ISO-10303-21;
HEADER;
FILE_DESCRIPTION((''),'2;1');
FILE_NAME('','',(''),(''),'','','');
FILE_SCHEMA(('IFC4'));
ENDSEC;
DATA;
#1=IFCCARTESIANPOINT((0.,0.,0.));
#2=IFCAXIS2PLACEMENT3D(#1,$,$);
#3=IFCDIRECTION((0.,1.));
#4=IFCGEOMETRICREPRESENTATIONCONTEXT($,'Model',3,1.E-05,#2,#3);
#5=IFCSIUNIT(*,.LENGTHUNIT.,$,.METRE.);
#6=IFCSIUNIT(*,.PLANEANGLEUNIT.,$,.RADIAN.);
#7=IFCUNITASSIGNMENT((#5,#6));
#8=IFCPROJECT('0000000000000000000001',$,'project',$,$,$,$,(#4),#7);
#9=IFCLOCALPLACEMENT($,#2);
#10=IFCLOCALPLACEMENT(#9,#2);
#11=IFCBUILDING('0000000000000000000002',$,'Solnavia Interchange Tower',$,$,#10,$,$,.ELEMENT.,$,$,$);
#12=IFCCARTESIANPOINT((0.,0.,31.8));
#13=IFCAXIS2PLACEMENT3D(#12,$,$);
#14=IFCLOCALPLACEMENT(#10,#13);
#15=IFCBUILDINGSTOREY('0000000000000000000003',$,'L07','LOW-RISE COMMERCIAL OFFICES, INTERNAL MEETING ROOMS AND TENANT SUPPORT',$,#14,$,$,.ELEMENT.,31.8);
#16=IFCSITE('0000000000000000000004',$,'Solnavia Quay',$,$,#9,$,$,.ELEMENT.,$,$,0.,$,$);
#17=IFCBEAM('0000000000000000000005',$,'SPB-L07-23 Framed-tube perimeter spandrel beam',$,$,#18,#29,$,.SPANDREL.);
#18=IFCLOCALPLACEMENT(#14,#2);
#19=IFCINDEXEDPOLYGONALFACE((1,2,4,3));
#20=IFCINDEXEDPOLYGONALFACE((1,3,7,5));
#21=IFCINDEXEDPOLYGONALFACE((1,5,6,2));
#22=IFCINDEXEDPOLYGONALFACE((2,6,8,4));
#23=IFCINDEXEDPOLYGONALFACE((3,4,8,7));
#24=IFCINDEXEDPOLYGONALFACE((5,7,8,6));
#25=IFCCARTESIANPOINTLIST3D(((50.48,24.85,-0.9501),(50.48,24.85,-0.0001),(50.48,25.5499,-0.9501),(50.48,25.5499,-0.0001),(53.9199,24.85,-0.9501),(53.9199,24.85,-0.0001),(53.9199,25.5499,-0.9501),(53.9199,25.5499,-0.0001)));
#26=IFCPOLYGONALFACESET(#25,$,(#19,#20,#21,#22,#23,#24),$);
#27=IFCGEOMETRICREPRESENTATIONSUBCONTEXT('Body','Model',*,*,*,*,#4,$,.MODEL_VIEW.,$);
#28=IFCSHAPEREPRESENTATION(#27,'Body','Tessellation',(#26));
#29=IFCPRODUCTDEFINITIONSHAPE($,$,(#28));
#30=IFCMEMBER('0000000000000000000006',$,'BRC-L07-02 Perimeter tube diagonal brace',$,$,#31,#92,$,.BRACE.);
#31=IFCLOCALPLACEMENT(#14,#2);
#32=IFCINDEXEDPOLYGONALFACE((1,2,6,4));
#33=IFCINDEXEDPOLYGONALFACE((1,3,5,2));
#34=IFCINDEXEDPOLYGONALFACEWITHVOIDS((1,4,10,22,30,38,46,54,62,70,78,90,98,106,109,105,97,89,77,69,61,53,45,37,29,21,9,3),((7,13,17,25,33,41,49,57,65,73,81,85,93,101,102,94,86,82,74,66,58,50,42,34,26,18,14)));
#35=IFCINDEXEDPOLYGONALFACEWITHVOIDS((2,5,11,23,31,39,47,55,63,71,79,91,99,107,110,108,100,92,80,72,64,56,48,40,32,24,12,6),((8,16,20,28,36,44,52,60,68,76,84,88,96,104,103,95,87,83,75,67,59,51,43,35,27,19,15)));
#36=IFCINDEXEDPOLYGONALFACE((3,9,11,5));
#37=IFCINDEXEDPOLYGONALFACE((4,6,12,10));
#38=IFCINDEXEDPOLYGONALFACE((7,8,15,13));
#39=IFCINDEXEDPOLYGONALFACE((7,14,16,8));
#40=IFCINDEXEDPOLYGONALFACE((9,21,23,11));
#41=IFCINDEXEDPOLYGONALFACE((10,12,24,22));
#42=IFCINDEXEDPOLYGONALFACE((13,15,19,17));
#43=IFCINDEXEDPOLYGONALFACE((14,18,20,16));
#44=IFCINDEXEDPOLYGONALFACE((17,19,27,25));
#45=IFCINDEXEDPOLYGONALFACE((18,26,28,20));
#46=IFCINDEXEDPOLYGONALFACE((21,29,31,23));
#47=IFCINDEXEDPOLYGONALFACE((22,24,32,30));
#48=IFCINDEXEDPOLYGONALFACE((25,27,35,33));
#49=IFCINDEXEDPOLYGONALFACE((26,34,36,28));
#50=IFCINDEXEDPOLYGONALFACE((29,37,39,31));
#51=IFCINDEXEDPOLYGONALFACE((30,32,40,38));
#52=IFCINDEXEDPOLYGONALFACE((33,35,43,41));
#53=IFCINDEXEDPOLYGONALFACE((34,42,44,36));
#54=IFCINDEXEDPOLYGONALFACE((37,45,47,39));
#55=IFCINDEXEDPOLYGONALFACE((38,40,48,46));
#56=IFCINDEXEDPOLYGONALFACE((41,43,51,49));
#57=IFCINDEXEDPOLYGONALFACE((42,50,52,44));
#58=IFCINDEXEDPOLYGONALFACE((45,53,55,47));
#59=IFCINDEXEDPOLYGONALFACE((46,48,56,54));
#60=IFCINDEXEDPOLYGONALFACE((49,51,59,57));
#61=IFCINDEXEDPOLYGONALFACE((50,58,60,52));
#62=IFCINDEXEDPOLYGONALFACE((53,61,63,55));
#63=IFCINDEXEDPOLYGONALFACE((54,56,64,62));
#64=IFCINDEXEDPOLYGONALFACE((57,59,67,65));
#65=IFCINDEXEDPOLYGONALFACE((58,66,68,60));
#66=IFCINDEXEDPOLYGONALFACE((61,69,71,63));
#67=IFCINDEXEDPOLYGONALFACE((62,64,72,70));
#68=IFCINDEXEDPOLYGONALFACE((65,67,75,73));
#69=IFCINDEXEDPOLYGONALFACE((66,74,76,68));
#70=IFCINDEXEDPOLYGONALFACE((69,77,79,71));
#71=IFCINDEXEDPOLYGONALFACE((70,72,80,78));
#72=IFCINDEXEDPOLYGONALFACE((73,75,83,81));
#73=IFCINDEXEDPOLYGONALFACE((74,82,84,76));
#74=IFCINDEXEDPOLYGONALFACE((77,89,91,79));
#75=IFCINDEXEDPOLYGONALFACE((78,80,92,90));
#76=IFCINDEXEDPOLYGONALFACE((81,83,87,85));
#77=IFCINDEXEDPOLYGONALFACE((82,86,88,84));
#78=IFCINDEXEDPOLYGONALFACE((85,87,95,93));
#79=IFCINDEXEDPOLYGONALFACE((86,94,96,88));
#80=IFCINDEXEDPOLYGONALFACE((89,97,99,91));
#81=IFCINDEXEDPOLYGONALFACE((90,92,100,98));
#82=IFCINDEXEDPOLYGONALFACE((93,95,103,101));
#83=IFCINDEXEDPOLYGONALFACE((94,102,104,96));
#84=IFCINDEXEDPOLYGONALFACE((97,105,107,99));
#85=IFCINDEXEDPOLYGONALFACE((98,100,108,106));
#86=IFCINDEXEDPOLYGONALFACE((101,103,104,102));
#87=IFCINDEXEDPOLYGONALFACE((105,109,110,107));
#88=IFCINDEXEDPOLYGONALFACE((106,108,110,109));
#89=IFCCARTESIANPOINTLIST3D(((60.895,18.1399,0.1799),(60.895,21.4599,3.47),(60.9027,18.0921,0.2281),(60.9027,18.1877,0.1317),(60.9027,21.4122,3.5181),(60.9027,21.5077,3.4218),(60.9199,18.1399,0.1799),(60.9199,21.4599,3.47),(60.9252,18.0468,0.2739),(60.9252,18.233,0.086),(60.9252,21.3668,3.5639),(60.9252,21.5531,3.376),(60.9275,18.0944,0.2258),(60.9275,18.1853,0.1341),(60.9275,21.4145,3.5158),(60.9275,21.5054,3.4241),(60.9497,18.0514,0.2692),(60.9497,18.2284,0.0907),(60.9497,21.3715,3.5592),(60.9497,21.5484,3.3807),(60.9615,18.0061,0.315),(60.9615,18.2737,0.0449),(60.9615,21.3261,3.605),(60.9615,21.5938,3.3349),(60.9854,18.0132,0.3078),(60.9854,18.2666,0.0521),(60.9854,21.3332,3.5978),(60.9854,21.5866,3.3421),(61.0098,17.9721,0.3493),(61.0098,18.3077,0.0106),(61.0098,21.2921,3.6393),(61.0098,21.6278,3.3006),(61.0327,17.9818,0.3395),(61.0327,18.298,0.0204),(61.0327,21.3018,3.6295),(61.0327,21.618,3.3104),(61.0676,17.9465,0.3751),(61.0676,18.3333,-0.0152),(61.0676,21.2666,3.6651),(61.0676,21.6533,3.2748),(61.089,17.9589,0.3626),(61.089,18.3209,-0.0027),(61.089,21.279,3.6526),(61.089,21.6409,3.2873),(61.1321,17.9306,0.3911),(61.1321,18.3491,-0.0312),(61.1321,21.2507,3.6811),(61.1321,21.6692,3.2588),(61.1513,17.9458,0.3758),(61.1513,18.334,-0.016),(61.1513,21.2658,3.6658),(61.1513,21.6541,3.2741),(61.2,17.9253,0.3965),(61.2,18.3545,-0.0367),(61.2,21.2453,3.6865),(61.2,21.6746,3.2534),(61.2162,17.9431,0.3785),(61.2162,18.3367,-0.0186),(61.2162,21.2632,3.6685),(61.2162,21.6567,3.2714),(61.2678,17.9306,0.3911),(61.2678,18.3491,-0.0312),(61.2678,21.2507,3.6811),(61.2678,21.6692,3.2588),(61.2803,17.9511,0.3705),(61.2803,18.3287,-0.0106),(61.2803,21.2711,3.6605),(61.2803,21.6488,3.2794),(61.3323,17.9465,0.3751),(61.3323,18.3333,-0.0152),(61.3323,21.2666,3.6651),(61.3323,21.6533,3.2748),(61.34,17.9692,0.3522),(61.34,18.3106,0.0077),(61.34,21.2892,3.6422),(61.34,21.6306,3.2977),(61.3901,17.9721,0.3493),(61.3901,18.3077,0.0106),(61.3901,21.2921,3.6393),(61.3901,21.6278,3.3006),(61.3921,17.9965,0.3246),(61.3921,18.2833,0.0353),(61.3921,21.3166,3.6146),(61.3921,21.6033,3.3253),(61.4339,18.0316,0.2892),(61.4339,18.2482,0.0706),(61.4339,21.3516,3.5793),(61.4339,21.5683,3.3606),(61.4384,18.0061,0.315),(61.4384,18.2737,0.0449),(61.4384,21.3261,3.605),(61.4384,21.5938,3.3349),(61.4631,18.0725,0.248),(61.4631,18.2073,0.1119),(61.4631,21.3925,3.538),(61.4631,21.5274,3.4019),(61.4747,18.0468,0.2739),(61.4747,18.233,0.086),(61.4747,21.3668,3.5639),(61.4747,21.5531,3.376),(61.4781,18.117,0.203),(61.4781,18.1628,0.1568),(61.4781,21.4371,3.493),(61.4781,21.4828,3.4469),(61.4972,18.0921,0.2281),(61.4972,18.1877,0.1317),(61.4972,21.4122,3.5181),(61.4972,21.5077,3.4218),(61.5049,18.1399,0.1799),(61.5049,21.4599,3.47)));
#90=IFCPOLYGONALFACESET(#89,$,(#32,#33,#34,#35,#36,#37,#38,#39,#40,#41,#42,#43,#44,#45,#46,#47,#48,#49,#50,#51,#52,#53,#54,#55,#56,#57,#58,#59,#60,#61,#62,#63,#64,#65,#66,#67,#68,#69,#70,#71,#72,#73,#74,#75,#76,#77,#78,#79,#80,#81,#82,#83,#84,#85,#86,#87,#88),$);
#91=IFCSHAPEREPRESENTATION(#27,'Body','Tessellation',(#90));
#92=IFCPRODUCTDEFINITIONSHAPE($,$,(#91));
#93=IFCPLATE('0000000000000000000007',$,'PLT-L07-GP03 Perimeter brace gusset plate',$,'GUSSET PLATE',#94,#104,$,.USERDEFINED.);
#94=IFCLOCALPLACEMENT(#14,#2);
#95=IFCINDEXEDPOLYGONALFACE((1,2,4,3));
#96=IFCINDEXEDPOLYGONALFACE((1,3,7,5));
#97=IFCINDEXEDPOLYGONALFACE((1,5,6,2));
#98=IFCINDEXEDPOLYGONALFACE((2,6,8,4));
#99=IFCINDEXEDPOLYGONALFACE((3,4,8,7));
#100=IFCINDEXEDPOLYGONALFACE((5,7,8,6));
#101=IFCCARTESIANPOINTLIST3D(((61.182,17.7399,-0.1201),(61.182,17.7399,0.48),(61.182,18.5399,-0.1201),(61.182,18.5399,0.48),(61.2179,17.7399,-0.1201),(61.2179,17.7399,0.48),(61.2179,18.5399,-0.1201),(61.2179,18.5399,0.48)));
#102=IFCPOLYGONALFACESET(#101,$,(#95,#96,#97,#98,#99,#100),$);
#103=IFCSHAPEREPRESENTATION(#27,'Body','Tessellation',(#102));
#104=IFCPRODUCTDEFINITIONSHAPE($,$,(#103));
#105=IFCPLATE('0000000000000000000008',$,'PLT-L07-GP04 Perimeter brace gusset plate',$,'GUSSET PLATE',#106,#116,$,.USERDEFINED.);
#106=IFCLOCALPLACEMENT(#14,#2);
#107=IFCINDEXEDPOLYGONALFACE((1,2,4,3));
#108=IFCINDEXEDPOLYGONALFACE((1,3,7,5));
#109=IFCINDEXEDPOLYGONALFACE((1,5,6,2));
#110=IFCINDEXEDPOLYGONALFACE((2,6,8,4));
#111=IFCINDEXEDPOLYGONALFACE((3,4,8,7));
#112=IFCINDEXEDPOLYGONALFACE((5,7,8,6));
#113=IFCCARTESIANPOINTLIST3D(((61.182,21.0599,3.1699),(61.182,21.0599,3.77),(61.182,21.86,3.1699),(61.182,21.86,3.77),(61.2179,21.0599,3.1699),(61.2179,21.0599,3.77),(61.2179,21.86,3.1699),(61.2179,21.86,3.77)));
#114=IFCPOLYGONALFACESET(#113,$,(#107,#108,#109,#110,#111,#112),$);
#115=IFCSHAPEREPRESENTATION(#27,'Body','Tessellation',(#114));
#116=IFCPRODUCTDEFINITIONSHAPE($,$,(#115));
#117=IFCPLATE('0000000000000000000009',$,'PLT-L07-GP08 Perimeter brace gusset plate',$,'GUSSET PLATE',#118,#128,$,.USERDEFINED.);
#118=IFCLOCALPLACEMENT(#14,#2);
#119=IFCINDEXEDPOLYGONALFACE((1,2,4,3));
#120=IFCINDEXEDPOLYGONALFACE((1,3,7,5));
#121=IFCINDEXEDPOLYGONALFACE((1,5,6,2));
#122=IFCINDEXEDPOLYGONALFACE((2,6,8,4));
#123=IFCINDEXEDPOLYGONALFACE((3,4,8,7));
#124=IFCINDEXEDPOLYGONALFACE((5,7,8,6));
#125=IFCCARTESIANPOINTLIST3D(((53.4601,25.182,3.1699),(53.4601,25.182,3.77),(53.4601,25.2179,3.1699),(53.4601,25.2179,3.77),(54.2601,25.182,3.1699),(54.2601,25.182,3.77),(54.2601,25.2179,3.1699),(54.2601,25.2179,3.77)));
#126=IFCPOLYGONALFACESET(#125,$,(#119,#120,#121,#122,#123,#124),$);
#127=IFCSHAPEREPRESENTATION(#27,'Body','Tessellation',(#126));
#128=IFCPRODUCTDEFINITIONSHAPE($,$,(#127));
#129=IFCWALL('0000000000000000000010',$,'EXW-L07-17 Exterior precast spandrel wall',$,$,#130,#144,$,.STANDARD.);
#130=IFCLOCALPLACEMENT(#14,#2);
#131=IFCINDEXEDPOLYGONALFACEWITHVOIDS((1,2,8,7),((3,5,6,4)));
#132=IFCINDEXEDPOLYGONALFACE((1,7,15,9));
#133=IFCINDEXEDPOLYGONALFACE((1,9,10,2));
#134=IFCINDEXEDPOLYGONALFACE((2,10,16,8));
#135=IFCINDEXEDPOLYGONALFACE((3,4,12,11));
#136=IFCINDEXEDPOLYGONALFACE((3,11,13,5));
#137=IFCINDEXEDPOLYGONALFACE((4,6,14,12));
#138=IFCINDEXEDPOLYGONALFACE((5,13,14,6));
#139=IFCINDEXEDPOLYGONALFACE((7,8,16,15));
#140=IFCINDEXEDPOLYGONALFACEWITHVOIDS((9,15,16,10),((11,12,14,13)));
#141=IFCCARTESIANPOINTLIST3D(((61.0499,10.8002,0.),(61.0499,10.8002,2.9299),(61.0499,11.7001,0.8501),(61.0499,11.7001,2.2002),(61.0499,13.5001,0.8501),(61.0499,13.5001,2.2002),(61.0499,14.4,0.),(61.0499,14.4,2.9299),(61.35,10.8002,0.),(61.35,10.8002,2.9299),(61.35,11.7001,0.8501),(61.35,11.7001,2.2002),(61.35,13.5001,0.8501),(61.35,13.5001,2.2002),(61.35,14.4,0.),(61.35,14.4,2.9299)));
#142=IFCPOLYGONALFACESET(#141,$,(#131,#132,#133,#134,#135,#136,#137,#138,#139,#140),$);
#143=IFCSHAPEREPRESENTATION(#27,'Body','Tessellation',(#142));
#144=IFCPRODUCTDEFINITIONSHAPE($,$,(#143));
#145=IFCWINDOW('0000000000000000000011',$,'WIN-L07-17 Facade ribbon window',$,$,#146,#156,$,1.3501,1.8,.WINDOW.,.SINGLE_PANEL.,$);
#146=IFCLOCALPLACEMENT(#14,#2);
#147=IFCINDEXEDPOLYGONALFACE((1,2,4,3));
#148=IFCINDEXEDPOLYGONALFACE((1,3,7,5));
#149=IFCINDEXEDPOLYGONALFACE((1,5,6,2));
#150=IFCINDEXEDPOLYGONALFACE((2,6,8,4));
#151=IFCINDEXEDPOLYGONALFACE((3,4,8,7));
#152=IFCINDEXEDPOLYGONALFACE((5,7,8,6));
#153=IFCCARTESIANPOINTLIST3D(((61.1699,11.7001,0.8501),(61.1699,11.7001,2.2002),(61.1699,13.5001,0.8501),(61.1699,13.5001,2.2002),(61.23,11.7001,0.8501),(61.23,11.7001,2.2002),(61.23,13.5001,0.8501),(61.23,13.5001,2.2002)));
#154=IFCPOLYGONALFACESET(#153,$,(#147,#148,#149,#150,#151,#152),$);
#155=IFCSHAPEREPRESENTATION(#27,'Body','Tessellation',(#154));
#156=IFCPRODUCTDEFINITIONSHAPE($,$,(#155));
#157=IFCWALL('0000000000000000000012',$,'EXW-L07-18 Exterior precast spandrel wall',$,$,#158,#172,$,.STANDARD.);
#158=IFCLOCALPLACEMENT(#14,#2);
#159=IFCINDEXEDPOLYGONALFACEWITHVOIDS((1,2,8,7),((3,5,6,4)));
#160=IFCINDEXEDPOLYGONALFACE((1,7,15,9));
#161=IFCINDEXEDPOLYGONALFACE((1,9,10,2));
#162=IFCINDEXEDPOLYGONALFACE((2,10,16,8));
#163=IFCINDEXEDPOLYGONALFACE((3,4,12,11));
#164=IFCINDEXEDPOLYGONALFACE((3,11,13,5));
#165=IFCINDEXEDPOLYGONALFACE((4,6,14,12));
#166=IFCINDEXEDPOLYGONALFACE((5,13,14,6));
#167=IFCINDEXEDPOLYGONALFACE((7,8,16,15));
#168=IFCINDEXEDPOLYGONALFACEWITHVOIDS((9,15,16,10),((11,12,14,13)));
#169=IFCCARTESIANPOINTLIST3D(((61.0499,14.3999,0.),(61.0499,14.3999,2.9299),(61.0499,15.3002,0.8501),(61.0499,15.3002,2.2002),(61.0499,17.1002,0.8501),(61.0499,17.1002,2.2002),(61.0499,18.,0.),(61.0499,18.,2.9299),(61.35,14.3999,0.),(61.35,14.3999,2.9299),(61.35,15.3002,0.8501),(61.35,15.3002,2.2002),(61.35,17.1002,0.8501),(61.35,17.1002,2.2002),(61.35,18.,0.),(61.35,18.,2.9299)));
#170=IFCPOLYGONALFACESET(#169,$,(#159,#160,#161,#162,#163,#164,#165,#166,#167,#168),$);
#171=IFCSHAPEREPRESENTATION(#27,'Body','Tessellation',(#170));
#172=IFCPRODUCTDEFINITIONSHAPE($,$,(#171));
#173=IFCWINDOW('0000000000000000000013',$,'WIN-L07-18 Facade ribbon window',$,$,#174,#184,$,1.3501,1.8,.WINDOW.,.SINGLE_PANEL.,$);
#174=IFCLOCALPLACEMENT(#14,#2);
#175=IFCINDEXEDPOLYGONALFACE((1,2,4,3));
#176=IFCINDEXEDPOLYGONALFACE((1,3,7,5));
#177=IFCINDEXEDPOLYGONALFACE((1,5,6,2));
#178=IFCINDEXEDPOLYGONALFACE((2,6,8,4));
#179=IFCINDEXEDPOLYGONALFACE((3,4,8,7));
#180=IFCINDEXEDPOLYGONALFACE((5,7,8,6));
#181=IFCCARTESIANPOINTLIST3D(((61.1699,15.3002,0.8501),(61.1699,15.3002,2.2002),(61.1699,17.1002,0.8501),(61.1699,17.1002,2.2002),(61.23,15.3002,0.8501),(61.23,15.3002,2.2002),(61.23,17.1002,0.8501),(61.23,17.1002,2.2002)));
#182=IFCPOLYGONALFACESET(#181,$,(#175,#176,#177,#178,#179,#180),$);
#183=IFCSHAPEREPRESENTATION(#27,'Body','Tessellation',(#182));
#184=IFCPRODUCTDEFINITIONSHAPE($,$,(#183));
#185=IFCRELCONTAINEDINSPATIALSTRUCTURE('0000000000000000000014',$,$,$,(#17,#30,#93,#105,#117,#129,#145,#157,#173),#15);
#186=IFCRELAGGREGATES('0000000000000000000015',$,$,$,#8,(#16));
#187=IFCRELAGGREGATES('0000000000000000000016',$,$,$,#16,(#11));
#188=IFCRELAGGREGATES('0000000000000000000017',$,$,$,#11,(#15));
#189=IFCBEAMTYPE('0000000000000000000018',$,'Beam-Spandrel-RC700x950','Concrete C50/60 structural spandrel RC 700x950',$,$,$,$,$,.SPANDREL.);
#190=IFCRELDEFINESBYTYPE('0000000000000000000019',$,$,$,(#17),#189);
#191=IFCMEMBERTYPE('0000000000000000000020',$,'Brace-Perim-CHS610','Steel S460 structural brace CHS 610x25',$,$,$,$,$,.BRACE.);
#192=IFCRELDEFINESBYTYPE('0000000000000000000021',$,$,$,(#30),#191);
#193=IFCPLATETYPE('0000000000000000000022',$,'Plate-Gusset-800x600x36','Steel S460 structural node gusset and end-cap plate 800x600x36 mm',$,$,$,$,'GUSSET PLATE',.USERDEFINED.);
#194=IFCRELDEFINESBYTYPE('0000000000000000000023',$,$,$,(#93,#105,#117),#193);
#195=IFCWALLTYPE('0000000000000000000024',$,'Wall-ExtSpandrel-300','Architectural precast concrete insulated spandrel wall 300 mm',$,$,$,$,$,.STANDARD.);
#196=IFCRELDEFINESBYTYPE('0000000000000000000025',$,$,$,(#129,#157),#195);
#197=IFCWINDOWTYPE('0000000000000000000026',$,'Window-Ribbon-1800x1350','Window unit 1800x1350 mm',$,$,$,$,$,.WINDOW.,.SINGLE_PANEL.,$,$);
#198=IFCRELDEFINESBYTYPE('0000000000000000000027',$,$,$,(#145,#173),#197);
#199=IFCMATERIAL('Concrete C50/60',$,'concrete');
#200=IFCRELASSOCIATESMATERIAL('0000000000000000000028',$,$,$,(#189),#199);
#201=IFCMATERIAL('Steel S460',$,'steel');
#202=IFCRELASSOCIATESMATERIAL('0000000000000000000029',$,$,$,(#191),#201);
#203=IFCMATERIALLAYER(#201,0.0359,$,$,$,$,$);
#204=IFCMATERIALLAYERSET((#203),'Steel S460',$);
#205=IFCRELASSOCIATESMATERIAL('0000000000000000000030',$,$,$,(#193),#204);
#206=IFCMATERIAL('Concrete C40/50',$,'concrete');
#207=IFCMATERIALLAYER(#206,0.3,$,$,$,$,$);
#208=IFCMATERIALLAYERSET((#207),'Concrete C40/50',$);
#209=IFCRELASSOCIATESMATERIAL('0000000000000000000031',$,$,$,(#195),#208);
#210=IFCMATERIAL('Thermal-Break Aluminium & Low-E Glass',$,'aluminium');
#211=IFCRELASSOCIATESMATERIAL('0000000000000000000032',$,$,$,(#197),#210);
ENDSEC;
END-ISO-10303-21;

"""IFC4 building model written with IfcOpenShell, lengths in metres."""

from ifc_helpers import new_model, si_unit, direction, frame, frame_2d, origin, origin_2d, place, context, subcontext, project, spatial, rectangle, hollow_circle, extrude, material, layer, layer_set, material_profile, profile_set, type_object, element, fill, save


model = new_model("IFC4")

# Units and contexts
model_context = context("Model", 3, precision=1e-05, world=origin(), true_north=direction((0.0, 1.0)))
body_context = subcontext(model_context, "Body", "Model", "MODEL_VIEW")
ifc_project = project(units=[si_unit("LENGTHUNIT", "METRE"), si_unit("PLANEANGLEUNIT", "RADIAN")], contexts=[model_context])

# Site, building, storey
site_placement = place(None, origin())
site = spatial("IfcSite", under=ifc_project, at=site_placement, Name="Solnavia Quay", CompositionType="ELEMENT", RefElevation=0.0)
building_placement = place(site_placement, origin())
building = spatial("IfcBuilding", under=site, at=building_placement, Name="Solnavia Interchange Tower", CompositionType="ELEMENT")
storey_placement = place(building_placement, frame((0.0, 0.0, 31.8)))
storey = spatial("IfcBuildingStorey", under=building, at=storey_placement, Name="L07", Description="LOW-RISE COMMERCIAL OFFICES, INTERNAL MEETING ROOMS AND TENANT SUPPORT", CompositionType="ELEMENT", Elevation=31.8)

# Beam
ifc_material_1 = material(Name="Concrete C50/60", Category="concrete")
ifc_material_profile_1 = material_profile(ifc_material_1, rectangle(XDim=0.7, YDim=0.95, at=origin_2d()), Name="RC 700x950")
ifc_profile_set_1 = profile_set([ifc_material_profile_1], Name="Concrete C50/60")
beam_type_1 = type_object("IfcBeamType", Name="Beam-Spandrel-RC700x950", Description="Concrete C50/60 structural spandrel RC 700x950", PredefinedType="SPANDREL", material=ifc_profile_set_1)
for number, where, z_axis, x_axis, name in (
    (1, (53.9199, 25.2, -0.4751), (-1.0, 0.0, 0.0), (0.0, -1.0, 0.0), "SPB-L07-23 Framed-tube perimeter spandrel beam"),
):
    element("IfcBeam", number, at=place(storey_placement, frame(where, z_axis=z_axis, x_axis=x_axis)), inside=storey, type_object=beam_type_1, Name=name, PredefinedType="SPANDREL", context=body_context, shape_type="SweptSolid", body=[
        extrude(rectangle(XDim=0.7, YDim=0.95, at=origin_2d()), origin(), (0.0, 0.0, 1.0), 3.4399),
    ])

# Member
ifc_material_2 = material(Name="Steel S460", Category="steel")
ifc_material_profile_2 = material_profile(ifc_material_2, hollow_circle(Radius=0.3049, WallThickness=0.0249, at=origin_2d()), Name="CHS 610x25")
ifc_profile_set_2 = profile_set([ifc_material_profile_2], Name="Steel S460")
member_type = type_object("IfcMemberType", Name="Brace-Perim-CHS610", Description="Steel S460 structural brace CHS 610x25", PredefinedType="BRACE", material=ifc_profile_set_2)
member_placement = place(storey_placement, frame((61.2, 18.1399, 0.1799), z_axis=(0.0, 0.710312, 0.703887), x_axis=(-1.0, 0.0, 0.0)))
element("IfcMember", 2, at=member_placement, inside=storey, type_object=member_type, Name="BRC-L07-02 Perimeter tube diagonal brace", PredefinedType="BRACE", context=body_context, shape_type="SweptSolid", body=[
    extrude(hollow_circle(Radius=0.3049, WallThickness=0.0249, at=origin_2d()), origin(), (0.0, 0.0, 1.0), 4.6741),
])

# Plates
ifc_layer_1 = layer(ifc_material_2, 0.0359)
ifc_layer_set_1 = layer_set([ifc_layer_1], Name="Steel S460")
plate_type = type_object("IfcPlateType", Name="Plate-Gusset-800x600x36", Description="Steel S460 structural node gusset and end-cap plate 800x600x36 mm", ElementType="GUSSET PLATE", PredefinedType="USERDEFINED", material=ifc_layer_set_1)
for number, where, z_axis, x_axis, name in (
    (3, (61.2, 18.1399, -0.1201), (0.0, 0.0, 1.0), (0.0, 1.0, 0.0), "PLT-L07-GP03 Perimeter brace gusset plate"),
    (4, (61.2, 21.46, 3.1699), (0.0, 0.0, 1.0), (0.0, 1.0, 0.0), "PLT-L07-GP04 Perimeter brace gusset plate"),
    (5, (53.8601, 25.2, 3.1699), (0.0, 0.0, 1.0), (1.0, 0.0, 0.0), "PLT-L07-GP08 Perimeter brace gusset plate"),
):
    element("IfcPlate", number, at=place(storey_placement, frame(where, z_axis=z_axis, x_axis=x_axis)), inside=storey, type_object=plate_type, Name=name, ObjectType="GUSSET PLATE", PredefinedType="USERDEFINED", context=body_context, shape_type="SweptSolid", body=[
        extrude(rectangle(XDim=0.8, YDim=0.0359, at=origin_2d()), origin(), (0.0, 0.0, 1.0), 0.6001),
    ])

# Walls, openings, windows
ifc_material_3 = material(Name="Concrete C40/50", Category="concrete")
ifc_layer_2 = layer(ifc_material_3, 0.3)
ifc_layer_set_2 = layer_set([ifc_layer_2], Name="Concrete C40/50")
wall_type = type_object("IfcWallType", Name="Wall-ExtSpandrel-300", Description="Architectural precast concrete insulated spandrel wall 300 mm", PredefinedType="STANDARD", material=ifc_layer_set_2)
wall_1_placement = place(storey_placement, frame((61.2, 14.3999, 0.0), z_axis=(0.0, 0.0, 1.0), x_axis=(0.0, -1.0, 0.0)))
wall_1 = element("IfcWall", 6, at=wall_1_placement, inside=storey, type_object=wall_type, Name="EXW-L07-17 Exterior precast spandrel wall", PredefinedType="STANDARD", context=body_context, shape_type="SweptSolid", body=[
    extrude(rectangle(XDim=3.5999, YDim=0.3, at=frame_2d((1.7998, 0.0))), origin(), (0.0, 0.0, 1.0), 2.9299),
])
opening_1_placement = place(wall_1_placement, frame((0.8999, 0.0, 0.8501)))
opening_1 = element("IfcOpeningElement", 7, at=opening_1_placement, cuts=wall_1, PredefinedType="OPENING", context=body_context, shape_type="SweptSolid", body=[
    extrude(rectangle(XDim=1.8, YDim=1.3501, at=frame_2d((0.8999, 0.675))), frame((0.0, 0.1602, 0.0), z_axis=(0.0, -1.0, 0.0), x_axis=(1.0, 0.0, 0.0)), (0.0, 0.0, 1.0), 0.3201),
])
ifc_material_4 = material(Name="Thermal-Break Aluminium & Low-E Glass", Category="aluminium")
window_type = type_object("IfcWindowType", Name="Window-Ribbon-1800x1350", Description="Window unit 1800x1350 mm", PartitioningType="SINGLE_PANEL", PredefinedType="WINDOW", material=ifc_material_4)
window_1_placement = place(opening_1_placement, origin())
window_1 = element("IfcWindow", 8, at=window_1_placement, inside=storey, type_object=window_type, Name="WIN-L07-17 Facade ribbon window", OverallHeight=1.3501, OverallWidth=1.8, PartitioningType="SINGLE_PANEL", PredefinedType="WINDOW", context=body_context, shape_type="SweptSolid", body=[
    extrude(rectangle(XDim=1.8, YDim=1.3501, at=frame_2d((0.8999, 0.675))), frame((0.0, 0.03, 0.0), z_axis=(0.0, -1.0, 0.0), x_axis=(1.0, 0.0, 0.0)), (0.0, 0.0, 1.0), 0.0601),
])
fill(opening_1, window_1)
wall_2_placement = place(storey_placement, frame((61.2, 18.0, 0.0), z_axis=(0.0, 0.0, 1.0), x_axis=(0.0, -1.0, 0.0)))
wall_2 = element("IfcWall", 9, at=wall_2_placement, inside=storey, type_object=wall_type, Name="EXW-L07-18 Exterior precast spandrel wall", PredefinedType="STANDARD", context=body_context, shape_type="SweptSolid", body=[
    extrude(rectangle(XDim=3.6001, YDim=0.3, at=frame_2d((1.8, 0.0))), origin(), (0.0, 0.0, 1.0), 2.9299),
])
opening_2_placement = place(wall_2_placement, frame((0.8999, 0.0, 0.8501)))
opening_2 = element("IfcOpeningElement", 10, at=opening_2_placement, cuts=wall_2, PredefinedType="OPENING", context=body_context, shape_type="SweptSolid", body=[
    extrude(rectangle(XDim=1.8, YDim=1.3501, at=frame_2d((0.8999, 0.675))), frame((0.0, 0.1602, 0.0), z_axis=(0.0, -1.0, 0.0), x_axis=(1.0, 0.0, 0.0)), (0.0, 0.0, 1.0), 0.3201),
])
window_2_placement = place(opening_2_placement, origin())
window_2 = element("IfcWindow", 11, at=window_2_placement, inside=storey, type_object=window_type, Name="WIN-L07-18 Facade ribbon window", OverallHeight=1.3501, OverallWidth=1.8, PartitioningType="SINGLE_PANEL", PredefinedType="WINDOW", context=body_context, shape_type="SweptSolid", body=[
    extrude(rectangle(XDim=1.8, YDim=1.3501, at=frame_2d((0.8999, 0.675))), frame((0.0, 0.03, 0.0), z_axis=(0.0, -1.0, 0.0), x_axis=(1.0, 0.0, 0.0)), (0.0, 0.0, 1.0), 0.0601),
])
fill(opening_2, window_2)

save(model, "model.ifc")
